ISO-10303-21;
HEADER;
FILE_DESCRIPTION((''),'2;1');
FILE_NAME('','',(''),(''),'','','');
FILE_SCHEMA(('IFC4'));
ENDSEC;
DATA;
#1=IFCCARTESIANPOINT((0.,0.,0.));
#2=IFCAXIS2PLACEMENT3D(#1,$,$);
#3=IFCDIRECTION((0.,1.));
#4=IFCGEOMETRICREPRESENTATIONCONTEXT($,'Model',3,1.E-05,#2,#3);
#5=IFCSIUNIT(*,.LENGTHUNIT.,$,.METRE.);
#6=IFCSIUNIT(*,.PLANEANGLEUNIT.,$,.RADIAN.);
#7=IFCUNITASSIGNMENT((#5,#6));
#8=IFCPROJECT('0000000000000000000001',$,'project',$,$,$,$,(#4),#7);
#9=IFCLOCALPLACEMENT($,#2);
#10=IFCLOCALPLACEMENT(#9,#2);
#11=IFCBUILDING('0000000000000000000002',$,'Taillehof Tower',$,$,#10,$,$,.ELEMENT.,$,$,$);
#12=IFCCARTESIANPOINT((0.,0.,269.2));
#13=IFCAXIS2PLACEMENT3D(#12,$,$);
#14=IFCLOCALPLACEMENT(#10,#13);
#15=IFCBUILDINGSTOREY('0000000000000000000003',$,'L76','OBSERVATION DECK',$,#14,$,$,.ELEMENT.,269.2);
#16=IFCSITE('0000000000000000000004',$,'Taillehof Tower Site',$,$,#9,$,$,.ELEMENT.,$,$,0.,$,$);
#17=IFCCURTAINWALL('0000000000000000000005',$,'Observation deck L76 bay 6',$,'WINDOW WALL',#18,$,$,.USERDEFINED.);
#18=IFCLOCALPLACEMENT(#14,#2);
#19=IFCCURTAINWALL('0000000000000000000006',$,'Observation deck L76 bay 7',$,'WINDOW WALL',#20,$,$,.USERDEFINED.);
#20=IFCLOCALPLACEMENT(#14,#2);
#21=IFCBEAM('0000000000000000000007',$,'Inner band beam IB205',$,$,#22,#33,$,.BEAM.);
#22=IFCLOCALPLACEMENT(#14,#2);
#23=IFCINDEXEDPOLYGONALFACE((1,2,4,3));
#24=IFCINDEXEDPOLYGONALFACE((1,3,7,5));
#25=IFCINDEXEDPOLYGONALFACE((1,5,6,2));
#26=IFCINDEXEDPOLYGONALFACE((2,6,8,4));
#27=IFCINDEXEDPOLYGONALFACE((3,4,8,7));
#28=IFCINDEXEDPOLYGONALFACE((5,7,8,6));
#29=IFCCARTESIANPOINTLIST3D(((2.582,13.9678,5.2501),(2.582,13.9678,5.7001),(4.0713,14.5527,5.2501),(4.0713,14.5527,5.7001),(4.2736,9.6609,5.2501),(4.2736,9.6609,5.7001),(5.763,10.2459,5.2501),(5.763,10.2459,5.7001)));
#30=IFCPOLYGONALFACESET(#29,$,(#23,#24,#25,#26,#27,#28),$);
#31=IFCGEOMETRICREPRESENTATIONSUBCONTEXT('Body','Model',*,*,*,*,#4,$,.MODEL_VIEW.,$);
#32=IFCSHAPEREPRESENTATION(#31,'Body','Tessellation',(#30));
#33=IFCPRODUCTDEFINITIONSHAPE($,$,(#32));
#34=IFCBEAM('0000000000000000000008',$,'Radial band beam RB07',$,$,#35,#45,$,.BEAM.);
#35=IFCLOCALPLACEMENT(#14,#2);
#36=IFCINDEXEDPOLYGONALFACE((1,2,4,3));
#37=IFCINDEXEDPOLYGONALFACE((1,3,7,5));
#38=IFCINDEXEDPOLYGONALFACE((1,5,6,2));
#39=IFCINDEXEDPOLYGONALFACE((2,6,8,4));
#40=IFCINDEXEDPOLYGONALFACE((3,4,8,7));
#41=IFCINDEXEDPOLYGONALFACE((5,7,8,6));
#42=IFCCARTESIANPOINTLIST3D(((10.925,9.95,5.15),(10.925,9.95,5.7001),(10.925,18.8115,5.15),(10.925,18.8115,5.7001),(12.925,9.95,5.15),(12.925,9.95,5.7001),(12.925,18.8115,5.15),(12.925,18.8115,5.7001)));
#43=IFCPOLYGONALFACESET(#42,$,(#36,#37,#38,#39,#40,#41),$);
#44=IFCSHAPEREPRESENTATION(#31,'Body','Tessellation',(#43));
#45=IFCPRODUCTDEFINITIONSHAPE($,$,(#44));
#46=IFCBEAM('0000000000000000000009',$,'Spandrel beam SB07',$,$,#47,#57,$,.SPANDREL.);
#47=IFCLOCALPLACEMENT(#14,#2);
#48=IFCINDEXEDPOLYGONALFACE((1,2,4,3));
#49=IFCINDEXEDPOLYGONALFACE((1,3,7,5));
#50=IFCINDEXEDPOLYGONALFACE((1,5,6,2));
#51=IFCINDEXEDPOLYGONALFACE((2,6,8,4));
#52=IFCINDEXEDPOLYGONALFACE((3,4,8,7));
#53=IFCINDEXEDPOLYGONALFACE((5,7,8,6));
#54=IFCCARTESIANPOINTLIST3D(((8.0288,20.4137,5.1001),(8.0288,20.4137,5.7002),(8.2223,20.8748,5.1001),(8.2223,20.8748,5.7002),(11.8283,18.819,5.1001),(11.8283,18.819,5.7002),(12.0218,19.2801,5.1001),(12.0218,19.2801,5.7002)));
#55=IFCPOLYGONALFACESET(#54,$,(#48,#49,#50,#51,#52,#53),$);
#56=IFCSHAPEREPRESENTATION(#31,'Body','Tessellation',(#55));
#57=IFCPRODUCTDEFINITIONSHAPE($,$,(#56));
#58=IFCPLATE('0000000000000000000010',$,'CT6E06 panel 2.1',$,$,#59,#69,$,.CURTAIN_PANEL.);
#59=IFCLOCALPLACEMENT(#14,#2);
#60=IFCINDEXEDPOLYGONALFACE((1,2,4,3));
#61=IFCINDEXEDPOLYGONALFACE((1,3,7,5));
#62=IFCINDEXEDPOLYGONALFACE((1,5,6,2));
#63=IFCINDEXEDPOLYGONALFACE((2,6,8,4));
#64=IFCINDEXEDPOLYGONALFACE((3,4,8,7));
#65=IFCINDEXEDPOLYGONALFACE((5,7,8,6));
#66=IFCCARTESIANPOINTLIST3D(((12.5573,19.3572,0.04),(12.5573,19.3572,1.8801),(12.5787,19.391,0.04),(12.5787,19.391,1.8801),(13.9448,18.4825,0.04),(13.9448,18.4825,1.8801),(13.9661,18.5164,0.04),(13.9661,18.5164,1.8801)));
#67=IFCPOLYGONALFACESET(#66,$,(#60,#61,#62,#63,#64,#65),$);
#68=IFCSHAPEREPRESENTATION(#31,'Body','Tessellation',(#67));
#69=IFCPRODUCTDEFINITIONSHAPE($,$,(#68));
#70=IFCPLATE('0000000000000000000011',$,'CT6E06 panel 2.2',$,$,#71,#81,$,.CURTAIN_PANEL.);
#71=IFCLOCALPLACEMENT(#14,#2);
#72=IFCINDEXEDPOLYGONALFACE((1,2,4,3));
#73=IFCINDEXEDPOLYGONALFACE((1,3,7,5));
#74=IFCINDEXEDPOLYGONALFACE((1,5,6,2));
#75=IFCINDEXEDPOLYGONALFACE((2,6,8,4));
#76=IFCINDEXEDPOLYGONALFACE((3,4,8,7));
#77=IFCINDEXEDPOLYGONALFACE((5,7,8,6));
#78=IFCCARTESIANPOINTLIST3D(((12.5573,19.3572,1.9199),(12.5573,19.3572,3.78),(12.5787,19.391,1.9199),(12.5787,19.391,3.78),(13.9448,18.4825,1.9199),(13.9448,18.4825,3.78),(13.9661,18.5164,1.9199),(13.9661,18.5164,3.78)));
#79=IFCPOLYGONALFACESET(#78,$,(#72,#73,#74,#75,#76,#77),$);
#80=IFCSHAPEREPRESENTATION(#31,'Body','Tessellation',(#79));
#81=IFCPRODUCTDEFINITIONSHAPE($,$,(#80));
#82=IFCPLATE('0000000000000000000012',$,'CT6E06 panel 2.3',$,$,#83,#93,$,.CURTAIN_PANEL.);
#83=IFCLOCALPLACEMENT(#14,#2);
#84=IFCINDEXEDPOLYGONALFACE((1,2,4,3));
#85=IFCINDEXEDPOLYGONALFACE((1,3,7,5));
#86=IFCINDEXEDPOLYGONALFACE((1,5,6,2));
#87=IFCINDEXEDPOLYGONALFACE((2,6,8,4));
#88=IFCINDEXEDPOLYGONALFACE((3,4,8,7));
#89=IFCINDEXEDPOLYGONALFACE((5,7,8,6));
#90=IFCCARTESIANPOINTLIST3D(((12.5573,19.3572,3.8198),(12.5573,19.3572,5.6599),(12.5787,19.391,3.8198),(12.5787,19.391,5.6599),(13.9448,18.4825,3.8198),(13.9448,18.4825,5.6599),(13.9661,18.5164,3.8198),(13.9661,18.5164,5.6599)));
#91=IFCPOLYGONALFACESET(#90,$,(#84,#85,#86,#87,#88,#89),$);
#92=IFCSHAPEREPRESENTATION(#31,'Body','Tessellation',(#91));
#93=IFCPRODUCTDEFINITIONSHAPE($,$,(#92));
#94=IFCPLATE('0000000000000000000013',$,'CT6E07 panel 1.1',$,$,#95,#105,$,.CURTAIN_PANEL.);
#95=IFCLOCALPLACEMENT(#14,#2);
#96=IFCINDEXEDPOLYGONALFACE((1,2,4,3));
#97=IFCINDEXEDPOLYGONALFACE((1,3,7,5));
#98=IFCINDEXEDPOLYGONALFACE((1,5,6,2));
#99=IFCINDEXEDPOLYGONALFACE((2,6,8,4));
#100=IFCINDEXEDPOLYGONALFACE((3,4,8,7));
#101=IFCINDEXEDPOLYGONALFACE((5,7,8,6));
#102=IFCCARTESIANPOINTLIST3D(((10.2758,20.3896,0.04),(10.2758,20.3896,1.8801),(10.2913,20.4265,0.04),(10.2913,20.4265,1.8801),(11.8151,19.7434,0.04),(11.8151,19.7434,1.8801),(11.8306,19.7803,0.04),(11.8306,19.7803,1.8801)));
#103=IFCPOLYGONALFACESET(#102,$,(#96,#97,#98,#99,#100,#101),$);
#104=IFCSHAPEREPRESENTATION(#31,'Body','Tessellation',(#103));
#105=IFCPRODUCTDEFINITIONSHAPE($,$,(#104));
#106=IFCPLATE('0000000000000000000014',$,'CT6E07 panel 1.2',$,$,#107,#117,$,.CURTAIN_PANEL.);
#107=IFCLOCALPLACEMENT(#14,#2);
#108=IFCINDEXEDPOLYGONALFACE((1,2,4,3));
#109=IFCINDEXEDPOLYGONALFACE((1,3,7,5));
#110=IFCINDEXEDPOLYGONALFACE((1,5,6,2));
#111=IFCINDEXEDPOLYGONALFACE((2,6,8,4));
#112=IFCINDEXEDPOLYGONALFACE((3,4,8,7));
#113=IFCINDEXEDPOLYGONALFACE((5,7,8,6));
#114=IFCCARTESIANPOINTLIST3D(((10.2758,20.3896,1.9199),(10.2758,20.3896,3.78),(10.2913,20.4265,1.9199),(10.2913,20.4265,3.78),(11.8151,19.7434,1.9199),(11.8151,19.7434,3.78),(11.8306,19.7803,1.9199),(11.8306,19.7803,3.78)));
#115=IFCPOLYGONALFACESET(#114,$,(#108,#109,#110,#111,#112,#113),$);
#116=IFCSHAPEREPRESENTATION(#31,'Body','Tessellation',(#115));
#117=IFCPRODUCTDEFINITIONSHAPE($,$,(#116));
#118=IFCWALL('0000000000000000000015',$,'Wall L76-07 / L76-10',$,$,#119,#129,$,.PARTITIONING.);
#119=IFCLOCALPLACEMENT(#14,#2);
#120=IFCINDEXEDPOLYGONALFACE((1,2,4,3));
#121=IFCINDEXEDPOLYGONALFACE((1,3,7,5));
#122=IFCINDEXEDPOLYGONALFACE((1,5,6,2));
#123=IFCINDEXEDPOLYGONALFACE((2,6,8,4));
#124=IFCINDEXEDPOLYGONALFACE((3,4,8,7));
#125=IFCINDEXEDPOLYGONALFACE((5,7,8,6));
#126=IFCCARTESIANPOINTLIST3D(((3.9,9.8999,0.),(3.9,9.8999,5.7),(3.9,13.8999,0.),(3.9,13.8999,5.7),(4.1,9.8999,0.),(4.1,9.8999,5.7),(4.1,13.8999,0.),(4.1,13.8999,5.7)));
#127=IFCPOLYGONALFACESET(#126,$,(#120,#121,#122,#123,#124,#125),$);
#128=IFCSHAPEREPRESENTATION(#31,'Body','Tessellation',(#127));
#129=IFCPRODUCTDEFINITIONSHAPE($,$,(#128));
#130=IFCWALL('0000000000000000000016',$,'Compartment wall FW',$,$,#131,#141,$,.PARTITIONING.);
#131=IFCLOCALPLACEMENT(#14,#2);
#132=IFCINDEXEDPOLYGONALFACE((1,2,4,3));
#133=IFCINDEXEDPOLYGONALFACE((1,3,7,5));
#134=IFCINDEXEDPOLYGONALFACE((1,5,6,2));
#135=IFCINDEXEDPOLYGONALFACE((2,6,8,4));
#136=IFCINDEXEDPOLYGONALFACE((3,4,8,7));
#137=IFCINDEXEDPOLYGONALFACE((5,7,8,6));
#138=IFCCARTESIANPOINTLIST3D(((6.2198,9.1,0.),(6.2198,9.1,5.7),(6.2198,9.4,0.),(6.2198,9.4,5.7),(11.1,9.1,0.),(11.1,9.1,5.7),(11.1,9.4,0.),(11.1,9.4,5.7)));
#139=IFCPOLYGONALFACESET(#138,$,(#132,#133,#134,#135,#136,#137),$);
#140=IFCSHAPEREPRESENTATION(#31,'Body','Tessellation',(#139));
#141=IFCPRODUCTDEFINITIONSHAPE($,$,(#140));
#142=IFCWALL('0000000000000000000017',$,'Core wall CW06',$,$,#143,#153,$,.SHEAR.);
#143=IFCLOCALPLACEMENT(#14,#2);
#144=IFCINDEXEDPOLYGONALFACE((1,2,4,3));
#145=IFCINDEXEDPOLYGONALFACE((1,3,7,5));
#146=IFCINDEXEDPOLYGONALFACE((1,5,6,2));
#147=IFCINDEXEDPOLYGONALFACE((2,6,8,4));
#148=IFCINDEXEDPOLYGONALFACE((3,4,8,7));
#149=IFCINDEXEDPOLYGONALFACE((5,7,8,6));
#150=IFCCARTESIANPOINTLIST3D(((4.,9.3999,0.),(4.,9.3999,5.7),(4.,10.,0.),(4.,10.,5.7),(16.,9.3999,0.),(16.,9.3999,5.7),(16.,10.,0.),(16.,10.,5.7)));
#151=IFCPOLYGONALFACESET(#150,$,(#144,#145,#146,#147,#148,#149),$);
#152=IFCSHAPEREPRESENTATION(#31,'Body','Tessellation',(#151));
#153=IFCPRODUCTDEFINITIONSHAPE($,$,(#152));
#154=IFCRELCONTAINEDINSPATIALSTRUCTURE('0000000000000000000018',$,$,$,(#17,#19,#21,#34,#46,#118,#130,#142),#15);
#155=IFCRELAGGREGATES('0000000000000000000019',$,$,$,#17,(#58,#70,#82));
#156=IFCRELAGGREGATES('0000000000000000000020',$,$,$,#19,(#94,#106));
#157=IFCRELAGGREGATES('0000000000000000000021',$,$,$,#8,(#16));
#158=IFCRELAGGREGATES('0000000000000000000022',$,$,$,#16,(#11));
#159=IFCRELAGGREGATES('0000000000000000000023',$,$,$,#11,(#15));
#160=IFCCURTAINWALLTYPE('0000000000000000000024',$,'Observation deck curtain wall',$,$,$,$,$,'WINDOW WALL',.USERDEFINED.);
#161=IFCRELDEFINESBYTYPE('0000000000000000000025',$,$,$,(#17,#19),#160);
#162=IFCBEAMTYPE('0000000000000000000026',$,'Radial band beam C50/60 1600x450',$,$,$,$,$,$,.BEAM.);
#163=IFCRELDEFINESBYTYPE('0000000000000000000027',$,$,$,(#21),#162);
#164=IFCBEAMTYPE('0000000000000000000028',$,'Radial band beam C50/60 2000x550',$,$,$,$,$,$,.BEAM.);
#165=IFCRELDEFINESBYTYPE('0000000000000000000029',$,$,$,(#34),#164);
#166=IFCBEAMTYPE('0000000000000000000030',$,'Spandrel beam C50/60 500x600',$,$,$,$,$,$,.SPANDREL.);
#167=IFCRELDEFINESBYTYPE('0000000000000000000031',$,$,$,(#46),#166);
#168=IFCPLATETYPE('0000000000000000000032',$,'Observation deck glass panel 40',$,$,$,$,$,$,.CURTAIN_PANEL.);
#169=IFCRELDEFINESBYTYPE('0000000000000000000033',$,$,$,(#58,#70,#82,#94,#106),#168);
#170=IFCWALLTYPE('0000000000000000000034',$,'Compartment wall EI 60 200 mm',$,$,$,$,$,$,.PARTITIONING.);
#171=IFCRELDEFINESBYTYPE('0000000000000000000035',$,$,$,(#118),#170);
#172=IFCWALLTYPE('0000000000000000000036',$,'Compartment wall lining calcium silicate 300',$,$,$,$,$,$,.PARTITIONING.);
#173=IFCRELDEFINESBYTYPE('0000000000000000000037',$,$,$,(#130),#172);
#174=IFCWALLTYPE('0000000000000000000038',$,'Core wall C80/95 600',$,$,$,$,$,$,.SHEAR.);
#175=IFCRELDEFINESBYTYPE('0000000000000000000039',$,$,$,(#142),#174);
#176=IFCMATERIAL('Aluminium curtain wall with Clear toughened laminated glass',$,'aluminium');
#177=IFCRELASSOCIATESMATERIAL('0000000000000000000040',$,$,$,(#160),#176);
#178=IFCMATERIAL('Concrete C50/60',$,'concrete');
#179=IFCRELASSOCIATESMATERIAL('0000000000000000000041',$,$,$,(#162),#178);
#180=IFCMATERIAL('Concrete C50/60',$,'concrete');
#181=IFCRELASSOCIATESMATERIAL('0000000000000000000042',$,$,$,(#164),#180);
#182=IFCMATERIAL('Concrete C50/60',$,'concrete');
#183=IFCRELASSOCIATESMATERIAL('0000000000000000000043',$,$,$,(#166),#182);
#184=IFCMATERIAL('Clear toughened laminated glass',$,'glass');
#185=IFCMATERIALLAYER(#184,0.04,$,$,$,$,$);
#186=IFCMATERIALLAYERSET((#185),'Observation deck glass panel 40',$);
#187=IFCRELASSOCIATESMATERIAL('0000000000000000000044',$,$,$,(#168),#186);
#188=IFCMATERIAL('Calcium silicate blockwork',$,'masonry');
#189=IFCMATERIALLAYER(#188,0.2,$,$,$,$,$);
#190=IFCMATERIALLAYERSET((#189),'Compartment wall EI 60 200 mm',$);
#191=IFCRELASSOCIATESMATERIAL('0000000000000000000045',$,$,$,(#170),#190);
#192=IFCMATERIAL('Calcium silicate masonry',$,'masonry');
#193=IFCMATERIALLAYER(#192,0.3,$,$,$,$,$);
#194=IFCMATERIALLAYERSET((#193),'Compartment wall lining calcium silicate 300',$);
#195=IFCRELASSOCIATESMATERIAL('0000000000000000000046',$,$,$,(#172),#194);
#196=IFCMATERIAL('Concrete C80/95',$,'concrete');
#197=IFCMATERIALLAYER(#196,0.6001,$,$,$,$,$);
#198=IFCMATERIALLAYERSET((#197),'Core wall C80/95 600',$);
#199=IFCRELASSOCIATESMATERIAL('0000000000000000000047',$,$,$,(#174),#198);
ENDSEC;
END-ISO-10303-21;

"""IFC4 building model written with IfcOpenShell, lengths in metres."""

from ifc_helpers import new_model, si_unit, direction, frame, frame_2d, origin, origin_2d, place, context, subcontext, project, spatial, rectangle, extrude, material, layer, layer_set, material_profile, profile_set, type_object, element, aggregate, save


model = new_model("IFC4")

# Units and contexts
model_context = context("Model", 3, precision=1e-05, world=origin(), true_north=direction((0.0, 1.0)))
body_context = subcontext(model_context, "Body", "Model", "MODEL_VIEW")
ifc_project = project(units=[si_unit("LENGTHUNIT", "METRE"), si_unit("PLANEANGLEUNIT", "RADIAN")], contexts=[model_context])

# Site, building, storey
site_placement = place(None, origin())
site = spatial("IfcSite", under=ifc_project, at=site_placement, Name="Taillehof Tower Site", CompositionType="ELEMENT", RefElevation=0.0)
building_placement = place(site_placement, origin())
building = spatial("IfcBuilding", under=site, at=building_placement, Name="Taillehof Tower", CompositionType="ELEMENT")
storey_placement = place(building_placement, frame((0.0, 0.0, 269.2)))
storey = spatial("IfcBuildingStorey", under=building, at=storey_placement, Name="L76", Description="OBSERVATION DECK", CompositionType="ELEMENT", Elevation=269.2)

# Curtain wall
ifc_material_1 = material(Name="Aluminium curtain wall with Clear toughened laminated glass", Category="aluminium")
curtain_wall_type = type_object("IfcCurtainWallType", Name="Observation deck curtain wall", ElementType="WINDOW WALL", PredefinedType="USERDEFINED", material=ifc_material_1)
curtain_wall_1_placement = place(storey_placement, origin())
curtain_wall_1 = element("IfcCurtainWall", 1, at=curtain_wall_1_placement, inside=storey, type_object=curtain_wall_type, Name="Observation deck L76 bay 6", ObjectType="WINDOW WALL", PredefinedType="USERDEFINED")

# Curtain wall
curtain_wall_2_placement = place(storey_placement, origin())
curtain_wall_2 = element("IfcCurtainWall", 2, at=curtain_wall_2_placement, inside=storey, type_object=curtain_wall_type, Name="Observation deck L76 bay 7", ObjectType="WINDOW WALL", PredefinedType="USERDEFINED")

# Beams
ifc_material_2 = material(Name="Concrete C50/60", Category="concrete")
ifc_material_profile_1 = material_profile(ifc_material_2, rectangle(XDim=1.6001, YDim=0.45, at=origin_2d()), Name="RC 1600x450")
ifc_profile_set_1 = profile_set([ifc_material_profile_1], Name="Concrete C50/60")
beam_type_1 = type_object("IfcBeamType", Name="Radial band beam C50/60 1600x450", PredefinedType="BEAM", material=ifc_profile_set_1)
beam_1_placement = place(storey_placement, frame((3.3267, 14.2603, 5.4751), z_axis=(0.365589, -0.930777, 0.0), x_axis=(0.930777, 0.365589, 0.0)))
element("IfcBeam", 3, at=beam_1_placement, inside=storey, type_object=beam_type_1, Name="Inner band beam IB205", PredefinedType="BEAM", context=body_context, shape_type="SweptSolid", body=[
    extrude(rectangle(XDim=1.6001, YDim=0.45, at=origin_2d()), origin(), (0.0, 0.0, 1.0), 4.6272),
])
ifc_material_3 = material(Name="Concrete C50/60", Category="concrete")
ifc_material_profile_2 = material_profile(ifc_material_3, rectangle(XDim=2.0, YDim=0.55, at=origin_2d()), Name="RC 2000x550")
ifc_profile_set_2 = profile_set([ifc_material_profile_2], Name="Concrete C50/60")
beam_type_2 = type_object("IfcBeamType", Name="Radial band beam C50/60 2000x550", PredefinedType="BEAM", material=ifc_profile_set_2)
beam_2_placement = place(storey_placement, frame((11.925, 18.8115, 5.425), z_axis=(0.0, -1.0, 0.0), x_axis=(1.0, 0.0, 0.0)))
element("IfcBeam", 4, at=beam_2_placement, inside=storey, type_object=beam_type_2, Name="Radial band beam RB07", PredefinedType="BEAM", context=body_context, shape_type="SweptSolid", body=[
    extrude(rectangle(XDim=2.0, YDim=0.55, at=origin_2d()), origin(), (0.0, 0.0, 1.0), 8.8616),
])
ifc_material_4 = material(Name="Concrete C50/60", Category="concrete")
ifc_material_profile_3 = material_profile(ifc_material_4, rectangle(XDim=0.5, YDim=0.6001, at=origin_2d()), Name="RC 500x600")
ifc_profile_set_3 = profile_set([ifc_material_profile_3], Name="Concrete C50/60")
beam_type_3 = type_object("IfcBeamType", Name="Spandrel beam C50/60 500x600", PredefinedType="SPANDREL", material=ifc_profile_set_3)
beam_3_placement = place(storey_placement, frame((11.925, 19.0496, 5.4001), z_axis=(-0.922076, 0.387008, 0.0), x_axis=(-0.387008, -0.922076, 0.0)))
element("IfcBeam", 5, at=beam_3_placement, inside=storey, type_object=beam_type_3, Name="Spandrel beam SB07", PredefinedType="SPANDREL", context=body_context, shape_type="SweptSolid", body=[
    extrude(rectangle(XDim=0.5, YDim=0.6001, at=origin_2d()), origin(), (0.0, 0.0, 1.0), 4.1206),
])

# Plates
ifc_material_5 = material(Name="Clear toughened laminated glass", Category="glass")
ifc_layer_1 = layer(ifc_material_5, 0.04)
ifc_layer_set_1 = layer_set([ifc_layer_1], Name="Observation deck glass panel 40")
plate_type = type_object("IfcPlateType", Name="Observation deck glass panel 40", PredefinedType="CURTAIN_PANEL", material=ifc_layer_set_1)
plate_1_placement = place(storey_placement, frame((13.2617, 18.9368, 0.04), z_axis=(0.0, 0.0, 1.0), x_axis=(-0.84593, 0.533294, 0.0)))
plate_1 = element("IfcPlate", 6, at=plate_1_placement, type_object=plate_type, Name="CT6E06 panel 2.1", PredefinedType="CURTAIN_PANEL", context=body_context, shape_type="SweptSolid", body=[
    extrude(rectangle(XDim=1.6401, YDim=0.04, at=origin_2d()), origin(), (0.0, 0.0, 1.0), 1.8401),
])
plate_2_placement = place(storey_placement, frame((13.2617, 18.9368, 1.9199), z_axis=(0.0, 0.0, 1.0), x_axis=(-0.84593, 0.533294, 0.0)))
plate_2 = element("IfcPlate", 7, at=plate_2_placement, type_object=plate_type, Name="CT6E06 panel 2.2", PredefinedType="CURTAIN_PANEL", context=body_context, shape_type="SweptSolid", body=[
    extrude(rectangle(XDim=1.6401, YDim=0.04, at=origin_2d()), origin(), (0.0, 0.0, 1.0), 1.8601),
])
plate_3_placement = place(storey_placement, frame((13.2617, 18.9368, 3.8198), z_axis=(0.0, 0.0, 1.0), x_axis=(-0.84593, 0.533294, 0.0)))
plate_3 = element("IfcPlate", 8, at=plate_3_placement, type_object=plate_type, Name="CT6E06 panel 2.3", PredefinedType="CURTAIN_PANEL", context=body_context, shape_type="SweptSolid", body=[
    extrude(rectangle(XDim=1.6401, YDim=0.04, at=origin_2d()), origin(), (0.0, 0.0, 1.0), 1.8401),
])
aggregate(curtain_wall_1, [plate_1, plate_2, plate_3])
plate_4_placement = place(storey_placement, frame((11.0532, 20.085, 0.04), z_axis=(0.0, 0.0, 1.0), x_axis=(-0.922037, 0.387101, 0.0)))
plate_4 = element("IfcPlate", 9, at=plate_4_placement, type_object=plate_type, Name="CT6E07 panel 1.1", PredefinedType="CURTAIN_PANEL", context=body_context, shape_type="SweptSolid", body=[
    extrude(rectangle(XDim=1.6694, YDim=0.04, at=origin_2d()), origin(), (0.0, 0.0, 1.0), 1.8401),
])
plate_5_placement = place(storey_placement, frame((11.0532, 20.085, 1.9199), z_axis=(0.0, 0.0, 1.0), x_axis=(-0.922037, 0.387101, 0.0)))
plate_5 = element("IfcPlate", 10, at=plate_5_placement, type_object=plate_type, Name="CT6E07 panel 1.2", PredefinedType="CURTAIN_PANEL", context=body_context, shape_type="SweptSolid", body=[
    extrude(rectangle(XDim=1.6694, YDim=0.04, at=origin_2d()), origin(), (0.0, 0.0, 1.0), 1.8601),
])
aggregate(curtain_wall_2, [plate_4, plate_5])

# Walls
ifc_material_6 = material(Name="Calcium silicate blockwork", Category="masonry")
ifc_layer_2 = layer(ifc_material_6, 0.2)
ifc_layer_set_2 = layer_set([ifc_layer_2], Name="Compartment wall EI 60 200 mm")
wall_type_1 = type_object("IfcWallType", Name="Compartment wall EI 60 200 mm", PredefinedType="PARTITIONING", material=ifc_layer_set_2)
wall_1_placement = place(storey_placement, frame((4.0, 9.8999, 0.0), z_axis=(0.0, 0.0, 1.0), x_axis=(0.0, 1.0, 0.0)))
element("IfcWall", 11, at=wall_1_placement, inside=storey, type_object=wall_type_1, Name="Wall L76-07 / L76-10", PredefinedType="PARTITIONING", context=body_context, shape_type="SweptSolid", body=[
    extrude(rectangle(XDim=4.0, YDim=0.2, at=frame_2d((2.0, 0.0))), origin(), (0.0, 0.0, 1.0), 5.7),
])
ifc_material_7 = material(Name="Calcium silicate masonry", Category="masonry")
ifc_layer_3 = layer(ifc_material_7, 0.3)
ifc_layer_set_3 = layer_set([ifc_layer_3], Name="Compartment wall lining calcium silicate 300")
wall_type_2 = type_object("IfcWallType", Name="Compartment wall lining calcium silicate 300", PredefinedType="PARTITIONING", material=ifc_layer_set_3)
wall_2_placement = place(storey_placement, frame((6.22, 9.25, 0.0), z_axis=(0.0, 0.0, 1.0), x_axis=(1.0, 0.0, 0.0)))
element("IfcWall", 12, at=wall_2_placement, inside=storey, type_object=wall_type_2, Name="Compartment wall FW", PredefinedType="PARTITIONING", context=body_context, shape_type="SweptSolid", body=[
    extrude(rectangle(XDim=4.8801, YDim=0.3, at=frame_2d((2.4399, 0.0))), origin(), (0.0, 0.0, 1.0), 5.7),
])
ifc_material_8 = material(Name="Concrete C80/95", Category="concrete")
ifc_layer_4 = layer(ifc_material_8, 0.6001)
ifc_layer_set_4 = layer_set([ifc_layer_4], Name="Core wall C80/95 600")
wall_type_3 = type_object("IfcWallType", Name="Core wall C80/95 600", PredefinedType="SHEAR", material=ifc_layer_set_4)
wall_3_placement = place(storey_placement, frame((4.0, 9.7, 0.0), z_axis=(0.0, 0.0, 1.0), x_axis=(1.0, 0.0, 0.0)))
element("IfcWall", 13, at=wall_3_placement, inside=storey, type_object=wall_type_3, Name="Core wall CW06", PredefinedType="SHEAR", context=body_context, shape_type="SweptSolid", body=[
    extrude(rectangle(XDim=12.0, YDim=0.6001, at=frame_2d((6.0, 0.0))), origin(), (0.0, 0.0, 1.0), 5.7),
])

save(model, "model.ifc")
